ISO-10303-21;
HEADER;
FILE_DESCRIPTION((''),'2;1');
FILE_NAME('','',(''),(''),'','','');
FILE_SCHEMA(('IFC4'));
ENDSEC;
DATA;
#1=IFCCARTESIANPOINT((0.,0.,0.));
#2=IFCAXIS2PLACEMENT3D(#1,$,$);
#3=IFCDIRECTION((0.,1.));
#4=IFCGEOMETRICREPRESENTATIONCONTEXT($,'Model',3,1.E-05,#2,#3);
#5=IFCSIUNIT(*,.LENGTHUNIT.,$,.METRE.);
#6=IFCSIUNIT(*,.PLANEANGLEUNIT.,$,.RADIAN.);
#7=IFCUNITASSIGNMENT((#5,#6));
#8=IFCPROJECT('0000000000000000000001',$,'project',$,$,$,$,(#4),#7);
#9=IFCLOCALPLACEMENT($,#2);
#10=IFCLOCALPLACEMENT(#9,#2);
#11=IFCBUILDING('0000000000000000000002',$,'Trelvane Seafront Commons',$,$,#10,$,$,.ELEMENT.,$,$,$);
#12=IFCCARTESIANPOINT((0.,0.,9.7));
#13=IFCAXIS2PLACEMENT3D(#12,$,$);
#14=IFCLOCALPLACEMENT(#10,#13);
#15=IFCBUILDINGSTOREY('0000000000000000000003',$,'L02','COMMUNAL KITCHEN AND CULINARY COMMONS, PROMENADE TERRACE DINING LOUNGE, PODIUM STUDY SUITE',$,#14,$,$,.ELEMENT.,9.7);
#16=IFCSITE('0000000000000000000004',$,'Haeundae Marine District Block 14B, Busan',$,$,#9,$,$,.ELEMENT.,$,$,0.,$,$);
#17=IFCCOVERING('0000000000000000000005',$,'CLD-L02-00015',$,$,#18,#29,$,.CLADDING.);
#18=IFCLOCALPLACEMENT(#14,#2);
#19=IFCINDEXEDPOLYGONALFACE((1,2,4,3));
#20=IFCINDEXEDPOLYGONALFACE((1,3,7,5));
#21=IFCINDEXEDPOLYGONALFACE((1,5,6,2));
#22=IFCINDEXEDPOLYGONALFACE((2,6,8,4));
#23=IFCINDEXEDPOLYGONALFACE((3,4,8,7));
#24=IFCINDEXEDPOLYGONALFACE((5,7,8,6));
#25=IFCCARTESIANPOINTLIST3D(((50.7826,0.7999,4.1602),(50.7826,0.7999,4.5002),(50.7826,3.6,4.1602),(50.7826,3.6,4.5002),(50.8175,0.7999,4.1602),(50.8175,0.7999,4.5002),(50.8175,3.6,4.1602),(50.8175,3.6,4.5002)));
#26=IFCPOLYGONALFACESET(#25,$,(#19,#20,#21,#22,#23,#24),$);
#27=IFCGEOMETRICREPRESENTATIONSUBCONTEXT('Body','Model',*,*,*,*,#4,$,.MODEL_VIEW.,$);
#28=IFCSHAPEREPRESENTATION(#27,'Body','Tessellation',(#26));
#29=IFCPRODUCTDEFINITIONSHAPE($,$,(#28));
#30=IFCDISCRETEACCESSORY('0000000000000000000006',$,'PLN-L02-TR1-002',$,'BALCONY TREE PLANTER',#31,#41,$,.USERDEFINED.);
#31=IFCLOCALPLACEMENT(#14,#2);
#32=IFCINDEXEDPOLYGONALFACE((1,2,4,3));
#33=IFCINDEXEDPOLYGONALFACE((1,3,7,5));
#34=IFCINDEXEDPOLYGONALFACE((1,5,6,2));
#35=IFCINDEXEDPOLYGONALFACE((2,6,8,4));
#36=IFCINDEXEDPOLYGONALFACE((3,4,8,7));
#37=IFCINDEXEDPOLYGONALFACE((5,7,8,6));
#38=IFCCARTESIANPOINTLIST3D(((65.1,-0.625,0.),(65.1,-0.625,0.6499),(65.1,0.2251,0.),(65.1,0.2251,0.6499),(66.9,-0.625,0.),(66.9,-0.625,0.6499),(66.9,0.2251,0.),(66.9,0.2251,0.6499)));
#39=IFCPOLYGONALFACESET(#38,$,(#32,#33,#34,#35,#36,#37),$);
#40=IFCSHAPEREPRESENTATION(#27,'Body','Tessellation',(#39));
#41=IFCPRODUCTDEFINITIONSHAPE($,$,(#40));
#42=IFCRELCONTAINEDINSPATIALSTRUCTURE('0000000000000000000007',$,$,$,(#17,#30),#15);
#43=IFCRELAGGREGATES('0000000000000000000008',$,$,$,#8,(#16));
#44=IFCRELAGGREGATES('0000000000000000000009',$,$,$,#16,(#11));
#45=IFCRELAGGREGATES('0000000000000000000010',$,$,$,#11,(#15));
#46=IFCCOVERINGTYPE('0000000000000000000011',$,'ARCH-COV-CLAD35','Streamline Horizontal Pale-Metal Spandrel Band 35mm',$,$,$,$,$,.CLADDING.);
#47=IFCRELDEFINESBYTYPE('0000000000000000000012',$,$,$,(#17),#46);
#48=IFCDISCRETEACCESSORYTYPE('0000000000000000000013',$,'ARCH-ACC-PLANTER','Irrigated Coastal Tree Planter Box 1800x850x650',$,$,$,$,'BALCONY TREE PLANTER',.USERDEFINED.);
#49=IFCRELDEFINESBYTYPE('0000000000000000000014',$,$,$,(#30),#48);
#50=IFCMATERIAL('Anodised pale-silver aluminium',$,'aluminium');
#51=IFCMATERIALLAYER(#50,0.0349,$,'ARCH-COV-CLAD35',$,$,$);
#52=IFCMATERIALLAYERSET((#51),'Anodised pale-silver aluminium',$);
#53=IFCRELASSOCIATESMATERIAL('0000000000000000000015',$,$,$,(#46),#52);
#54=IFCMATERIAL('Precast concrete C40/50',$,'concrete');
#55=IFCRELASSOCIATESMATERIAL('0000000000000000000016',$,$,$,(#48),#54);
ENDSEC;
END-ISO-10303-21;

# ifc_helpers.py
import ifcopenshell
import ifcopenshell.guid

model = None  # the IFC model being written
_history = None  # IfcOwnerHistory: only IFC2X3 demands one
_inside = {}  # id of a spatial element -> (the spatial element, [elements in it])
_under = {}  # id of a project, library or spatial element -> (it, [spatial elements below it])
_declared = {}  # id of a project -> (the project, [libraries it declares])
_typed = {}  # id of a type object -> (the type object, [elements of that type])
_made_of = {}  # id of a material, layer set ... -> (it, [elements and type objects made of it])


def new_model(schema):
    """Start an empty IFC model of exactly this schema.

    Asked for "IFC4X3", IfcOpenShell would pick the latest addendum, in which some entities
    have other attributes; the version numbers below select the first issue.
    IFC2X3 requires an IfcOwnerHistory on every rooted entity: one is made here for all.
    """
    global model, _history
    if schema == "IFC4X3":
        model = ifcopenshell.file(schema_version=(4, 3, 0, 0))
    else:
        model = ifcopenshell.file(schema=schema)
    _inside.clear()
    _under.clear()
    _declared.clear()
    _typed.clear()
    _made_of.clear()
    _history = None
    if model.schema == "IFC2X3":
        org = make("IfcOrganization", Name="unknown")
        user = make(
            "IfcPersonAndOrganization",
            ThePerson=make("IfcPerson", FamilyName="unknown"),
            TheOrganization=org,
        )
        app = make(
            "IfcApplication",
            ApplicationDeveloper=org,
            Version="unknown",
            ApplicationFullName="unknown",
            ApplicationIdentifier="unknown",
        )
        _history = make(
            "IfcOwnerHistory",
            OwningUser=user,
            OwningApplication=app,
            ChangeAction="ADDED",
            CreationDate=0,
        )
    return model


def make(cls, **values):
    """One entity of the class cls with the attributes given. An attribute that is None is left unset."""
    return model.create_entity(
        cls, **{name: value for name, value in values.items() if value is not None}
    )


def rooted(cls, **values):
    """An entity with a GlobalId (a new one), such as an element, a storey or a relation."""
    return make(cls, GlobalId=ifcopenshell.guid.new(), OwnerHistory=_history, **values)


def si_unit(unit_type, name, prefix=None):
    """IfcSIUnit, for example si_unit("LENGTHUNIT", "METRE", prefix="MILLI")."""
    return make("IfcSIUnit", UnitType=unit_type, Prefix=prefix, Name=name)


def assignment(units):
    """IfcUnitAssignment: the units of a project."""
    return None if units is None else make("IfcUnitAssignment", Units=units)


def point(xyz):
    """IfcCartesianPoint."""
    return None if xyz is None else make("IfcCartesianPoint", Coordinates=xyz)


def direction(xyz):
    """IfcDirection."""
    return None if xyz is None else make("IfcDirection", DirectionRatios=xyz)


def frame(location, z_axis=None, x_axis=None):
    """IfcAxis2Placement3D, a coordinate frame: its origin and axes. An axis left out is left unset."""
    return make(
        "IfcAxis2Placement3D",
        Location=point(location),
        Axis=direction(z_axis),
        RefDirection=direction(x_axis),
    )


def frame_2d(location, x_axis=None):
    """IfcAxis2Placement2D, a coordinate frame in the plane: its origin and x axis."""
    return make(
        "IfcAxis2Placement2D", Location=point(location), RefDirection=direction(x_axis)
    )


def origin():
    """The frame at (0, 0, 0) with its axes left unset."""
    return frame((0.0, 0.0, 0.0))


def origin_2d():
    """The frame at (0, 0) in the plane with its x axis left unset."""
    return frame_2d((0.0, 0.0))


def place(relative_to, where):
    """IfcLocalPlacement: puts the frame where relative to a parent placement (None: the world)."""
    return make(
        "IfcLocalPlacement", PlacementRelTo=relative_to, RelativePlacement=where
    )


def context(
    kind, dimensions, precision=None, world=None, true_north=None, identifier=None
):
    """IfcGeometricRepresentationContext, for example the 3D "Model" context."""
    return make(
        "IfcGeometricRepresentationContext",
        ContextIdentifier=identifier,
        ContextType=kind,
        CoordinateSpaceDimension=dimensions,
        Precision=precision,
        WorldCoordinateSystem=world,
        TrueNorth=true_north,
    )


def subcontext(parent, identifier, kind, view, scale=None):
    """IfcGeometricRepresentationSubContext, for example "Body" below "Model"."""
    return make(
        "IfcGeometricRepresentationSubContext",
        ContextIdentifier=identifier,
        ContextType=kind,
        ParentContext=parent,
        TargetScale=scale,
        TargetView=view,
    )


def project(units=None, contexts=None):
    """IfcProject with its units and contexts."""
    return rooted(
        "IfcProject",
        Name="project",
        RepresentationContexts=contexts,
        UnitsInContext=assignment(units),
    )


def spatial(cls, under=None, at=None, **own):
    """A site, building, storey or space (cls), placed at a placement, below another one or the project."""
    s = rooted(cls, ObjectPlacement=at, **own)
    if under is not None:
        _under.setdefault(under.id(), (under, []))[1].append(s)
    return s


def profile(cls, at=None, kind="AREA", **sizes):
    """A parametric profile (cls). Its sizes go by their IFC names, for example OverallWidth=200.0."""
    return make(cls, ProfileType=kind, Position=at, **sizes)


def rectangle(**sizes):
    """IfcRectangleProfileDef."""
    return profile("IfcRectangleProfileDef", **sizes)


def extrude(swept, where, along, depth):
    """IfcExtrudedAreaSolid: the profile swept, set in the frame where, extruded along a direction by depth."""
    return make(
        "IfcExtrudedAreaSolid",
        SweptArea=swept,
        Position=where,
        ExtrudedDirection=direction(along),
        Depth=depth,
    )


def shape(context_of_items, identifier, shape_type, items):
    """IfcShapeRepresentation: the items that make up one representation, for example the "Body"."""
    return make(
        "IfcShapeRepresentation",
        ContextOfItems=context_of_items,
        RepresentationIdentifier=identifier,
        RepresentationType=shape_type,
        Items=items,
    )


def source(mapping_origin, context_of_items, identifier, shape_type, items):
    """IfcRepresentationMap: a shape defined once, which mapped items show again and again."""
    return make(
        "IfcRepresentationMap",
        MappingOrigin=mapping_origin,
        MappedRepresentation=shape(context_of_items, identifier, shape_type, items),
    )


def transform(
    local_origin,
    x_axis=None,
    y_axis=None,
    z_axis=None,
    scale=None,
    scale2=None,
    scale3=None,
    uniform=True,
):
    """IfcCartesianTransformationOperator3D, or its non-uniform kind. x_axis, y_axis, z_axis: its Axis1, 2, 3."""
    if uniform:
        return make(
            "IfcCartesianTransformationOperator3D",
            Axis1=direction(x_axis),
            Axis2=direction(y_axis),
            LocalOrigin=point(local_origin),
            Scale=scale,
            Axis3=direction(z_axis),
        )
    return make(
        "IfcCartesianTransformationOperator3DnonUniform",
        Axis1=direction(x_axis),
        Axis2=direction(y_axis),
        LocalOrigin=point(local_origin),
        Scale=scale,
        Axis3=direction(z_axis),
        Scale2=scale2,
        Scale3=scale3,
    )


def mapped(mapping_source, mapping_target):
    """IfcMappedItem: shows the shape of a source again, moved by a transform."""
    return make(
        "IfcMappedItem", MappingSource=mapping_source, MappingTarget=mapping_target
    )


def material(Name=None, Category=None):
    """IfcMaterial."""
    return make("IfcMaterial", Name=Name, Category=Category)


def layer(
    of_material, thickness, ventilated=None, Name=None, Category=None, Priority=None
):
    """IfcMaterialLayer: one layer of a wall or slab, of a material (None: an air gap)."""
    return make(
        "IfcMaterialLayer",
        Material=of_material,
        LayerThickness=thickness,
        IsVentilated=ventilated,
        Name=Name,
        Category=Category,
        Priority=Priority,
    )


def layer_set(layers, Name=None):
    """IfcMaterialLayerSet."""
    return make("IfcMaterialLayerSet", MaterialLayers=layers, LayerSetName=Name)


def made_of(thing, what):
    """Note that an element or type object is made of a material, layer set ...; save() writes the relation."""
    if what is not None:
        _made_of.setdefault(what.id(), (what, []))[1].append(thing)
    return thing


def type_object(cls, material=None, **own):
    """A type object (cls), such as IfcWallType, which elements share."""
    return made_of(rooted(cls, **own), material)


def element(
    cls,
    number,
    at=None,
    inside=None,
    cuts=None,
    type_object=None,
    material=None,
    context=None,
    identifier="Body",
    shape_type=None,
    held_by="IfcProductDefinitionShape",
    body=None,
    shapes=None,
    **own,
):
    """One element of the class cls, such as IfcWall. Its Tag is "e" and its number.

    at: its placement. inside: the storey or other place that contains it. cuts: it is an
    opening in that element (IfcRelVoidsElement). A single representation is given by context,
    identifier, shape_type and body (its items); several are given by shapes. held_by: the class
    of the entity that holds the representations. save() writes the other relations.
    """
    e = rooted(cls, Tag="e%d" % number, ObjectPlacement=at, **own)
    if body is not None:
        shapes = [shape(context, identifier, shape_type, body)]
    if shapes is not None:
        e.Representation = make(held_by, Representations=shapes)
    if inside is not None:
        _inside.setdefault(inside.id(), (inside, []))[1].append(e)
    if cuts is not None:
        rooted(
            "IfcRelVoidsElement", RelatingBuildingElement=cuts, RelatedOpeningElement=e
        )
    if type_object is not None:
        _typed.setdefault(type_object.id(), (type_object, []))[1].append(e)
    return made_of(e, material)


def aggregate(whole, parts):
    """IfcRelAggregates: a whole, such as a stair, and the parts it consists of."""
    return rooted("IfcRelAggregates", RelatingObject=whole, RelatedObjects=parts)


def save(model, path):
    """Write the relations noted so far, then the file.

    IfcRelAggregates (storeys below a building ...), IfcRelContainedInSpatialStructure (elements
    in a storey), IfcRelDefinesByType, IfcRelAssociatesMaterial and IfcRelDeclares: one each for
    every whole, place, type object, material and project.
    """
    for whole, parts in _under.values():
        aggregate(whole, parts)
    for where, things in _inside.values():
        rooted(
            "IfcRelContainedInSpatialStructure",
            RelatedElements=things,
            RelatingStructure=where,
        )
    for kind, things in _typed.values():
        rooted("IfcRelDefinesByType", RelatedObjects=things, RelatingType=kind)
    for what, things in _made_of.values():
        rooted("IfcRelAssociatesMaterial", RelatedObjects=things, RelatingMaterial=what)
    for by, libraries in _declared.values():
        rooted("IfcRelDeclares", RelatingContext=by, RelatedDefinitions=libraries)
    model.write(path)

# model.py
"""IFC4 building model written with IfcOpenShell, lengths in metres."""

from ifc_helpers import new_model, si_unit, direction, frame, origin, origin_2d, place, context, subcontext, project, spatial, rectangle, extrude, source, transform, mapped, material, layer, layer_set, type_object, element, save


model = new_model("IFC4")

# Units and contexts
model_context = context("Model", 3, precision=1e-05, world=origin(), true_north=direction((0.0, 1.0)))
body_context = subcontext(model_context, "Body", "Model", "MODEL_VIEW")
ifc_project = project(units=[si_unit("LENGTHUNIT", "METRE"), si_unit("PLANEANGLEUNIT", "RADIAN")], contexts=[model_context])

# Site, building, storey
site_placement = place(None, origin())
site = spatial("IfcSite", under=ifc_project, at=site_placement, Name="Haeundae Marine District Block 14B, Busan", CompositionType="ELEMENT", RefElevation=0.0)
building_placement = place(site_placement, origin())
building = spatial("IfcBuilding", under=site, at=building_placement, Name="Trelvane Seafront Commons", CompositionType="ELEMENT")
storey_placement = place(building_placement, frame((0.0, 0.0, 9.7)))
storey = spatial("IfcBuildingStorey", under=building, at=storey_placement, Name="L02", Description="COMMUNAL KITCHEN AND CULINARY COMMONS, PROMENADE TERRACE DINING LOUNGE, PODIUM STUDY SUITE", CompositionType="ELEMENT", Elevation=9.7)

# Shared definitions
ifc_material_1 = material(Name="Anodised pale-silver aluminium", Category="aluminium")

# Shared definitions
ifc_material_2 = material(Name="Precast concrete C40/50", Category="concrete")

# Covering
ifc_layer_1 = layer(ifc_material_1, 0.0349, Name="ARCH-COV-CLAD35")
ifc_layer_set_1 = layer_set([ifc_layer_1], Name="Anodised pale-silver aluminium")
covering_type = type_object("IfcCoveringType", Name="ARCH-COV-CLAD35", Description="Streamline Horizontal Pale-Metal Spandrel Band 35mm", PredefinedType="CLADDING", material=ifc_layer_set_1)
shared_shape_1 = source(origin(), body_context, "Body", "SweptSolid", [
    extrude(rectangle(XDim=2.8, YDim=0.0349, at=origin_2d()), origin(), (0.0, 0.0, 1.0), 0.3401),
])
covering_1_placement = place(storey_placement, frame((50.8, 2.2, 4.1602), z_axis=(0.0, 0.0, 1.0), x_axis=(0.0, 1.0, 0.0)))
element("IfcCovering", 1, at=covering_1_placement, inside=storey, type_object=covering_type, Name="CLD-L02-00015", PredefinedType="CLADDING", context=body_context, shape_type="MappedRepresentation", body=[
    mapped(shared_shape_1, transform((0.0, 0.0, 0.0), x_axis=(1.0, 0.0, 0.0), y_axis=(0.0, 1.0, 0.0), z_axis=(0.0, 0.0, 1.0), scale=1.0)),
])

# Discrete accessory
discrete_accessory_type = type_object("IfcDiscreteAccessoryType", Name="ARCH-ACC-PLANTER", Description="Irrigated Coastal Tree Planter Box 1800x850x650", ElementType="BALCONY TREE PLANTER", PredefinedType="USERDEFINED", material=ifc_material_2)
shared_shape_2 = source(origin(), body_context, "Body", "SweptSolid", [
    extrude(rectangle(XDim=1.8, YDim=0.8501, at=origin_2d()), origin(), (0.0, 0.0, 1.0), 0.6499),
])
discrete_accessory_placement = place(storey_placement, frame((66.0, -0.2, 0.0), z_axis=(0.0, 0.0, 1.0), x_axis=(1.0, 0.0, 0.0)))
element("IfcDiscreteAccessory", 2, at=discrete_accessory_placement, inside=storey, type_object=discrete_accessory_type, Name="PLN-L02-TR1-002", ObjectType="BALCONY TREE PLANTER", PredefinedType="USERDEFINED", context=body_context, shape_type="MappedRepresentation", body=[
    mapped(shared_shape_2, transform((0.0, 0.0, 0.0), x_axis=(1.0, 0.0, 0.0), y_axis=(0.0, 1.0, 0.0), z_axis=(0.0, 0.0, 1.0), scale=1.0)),
])

save(model, "model.ifc")
